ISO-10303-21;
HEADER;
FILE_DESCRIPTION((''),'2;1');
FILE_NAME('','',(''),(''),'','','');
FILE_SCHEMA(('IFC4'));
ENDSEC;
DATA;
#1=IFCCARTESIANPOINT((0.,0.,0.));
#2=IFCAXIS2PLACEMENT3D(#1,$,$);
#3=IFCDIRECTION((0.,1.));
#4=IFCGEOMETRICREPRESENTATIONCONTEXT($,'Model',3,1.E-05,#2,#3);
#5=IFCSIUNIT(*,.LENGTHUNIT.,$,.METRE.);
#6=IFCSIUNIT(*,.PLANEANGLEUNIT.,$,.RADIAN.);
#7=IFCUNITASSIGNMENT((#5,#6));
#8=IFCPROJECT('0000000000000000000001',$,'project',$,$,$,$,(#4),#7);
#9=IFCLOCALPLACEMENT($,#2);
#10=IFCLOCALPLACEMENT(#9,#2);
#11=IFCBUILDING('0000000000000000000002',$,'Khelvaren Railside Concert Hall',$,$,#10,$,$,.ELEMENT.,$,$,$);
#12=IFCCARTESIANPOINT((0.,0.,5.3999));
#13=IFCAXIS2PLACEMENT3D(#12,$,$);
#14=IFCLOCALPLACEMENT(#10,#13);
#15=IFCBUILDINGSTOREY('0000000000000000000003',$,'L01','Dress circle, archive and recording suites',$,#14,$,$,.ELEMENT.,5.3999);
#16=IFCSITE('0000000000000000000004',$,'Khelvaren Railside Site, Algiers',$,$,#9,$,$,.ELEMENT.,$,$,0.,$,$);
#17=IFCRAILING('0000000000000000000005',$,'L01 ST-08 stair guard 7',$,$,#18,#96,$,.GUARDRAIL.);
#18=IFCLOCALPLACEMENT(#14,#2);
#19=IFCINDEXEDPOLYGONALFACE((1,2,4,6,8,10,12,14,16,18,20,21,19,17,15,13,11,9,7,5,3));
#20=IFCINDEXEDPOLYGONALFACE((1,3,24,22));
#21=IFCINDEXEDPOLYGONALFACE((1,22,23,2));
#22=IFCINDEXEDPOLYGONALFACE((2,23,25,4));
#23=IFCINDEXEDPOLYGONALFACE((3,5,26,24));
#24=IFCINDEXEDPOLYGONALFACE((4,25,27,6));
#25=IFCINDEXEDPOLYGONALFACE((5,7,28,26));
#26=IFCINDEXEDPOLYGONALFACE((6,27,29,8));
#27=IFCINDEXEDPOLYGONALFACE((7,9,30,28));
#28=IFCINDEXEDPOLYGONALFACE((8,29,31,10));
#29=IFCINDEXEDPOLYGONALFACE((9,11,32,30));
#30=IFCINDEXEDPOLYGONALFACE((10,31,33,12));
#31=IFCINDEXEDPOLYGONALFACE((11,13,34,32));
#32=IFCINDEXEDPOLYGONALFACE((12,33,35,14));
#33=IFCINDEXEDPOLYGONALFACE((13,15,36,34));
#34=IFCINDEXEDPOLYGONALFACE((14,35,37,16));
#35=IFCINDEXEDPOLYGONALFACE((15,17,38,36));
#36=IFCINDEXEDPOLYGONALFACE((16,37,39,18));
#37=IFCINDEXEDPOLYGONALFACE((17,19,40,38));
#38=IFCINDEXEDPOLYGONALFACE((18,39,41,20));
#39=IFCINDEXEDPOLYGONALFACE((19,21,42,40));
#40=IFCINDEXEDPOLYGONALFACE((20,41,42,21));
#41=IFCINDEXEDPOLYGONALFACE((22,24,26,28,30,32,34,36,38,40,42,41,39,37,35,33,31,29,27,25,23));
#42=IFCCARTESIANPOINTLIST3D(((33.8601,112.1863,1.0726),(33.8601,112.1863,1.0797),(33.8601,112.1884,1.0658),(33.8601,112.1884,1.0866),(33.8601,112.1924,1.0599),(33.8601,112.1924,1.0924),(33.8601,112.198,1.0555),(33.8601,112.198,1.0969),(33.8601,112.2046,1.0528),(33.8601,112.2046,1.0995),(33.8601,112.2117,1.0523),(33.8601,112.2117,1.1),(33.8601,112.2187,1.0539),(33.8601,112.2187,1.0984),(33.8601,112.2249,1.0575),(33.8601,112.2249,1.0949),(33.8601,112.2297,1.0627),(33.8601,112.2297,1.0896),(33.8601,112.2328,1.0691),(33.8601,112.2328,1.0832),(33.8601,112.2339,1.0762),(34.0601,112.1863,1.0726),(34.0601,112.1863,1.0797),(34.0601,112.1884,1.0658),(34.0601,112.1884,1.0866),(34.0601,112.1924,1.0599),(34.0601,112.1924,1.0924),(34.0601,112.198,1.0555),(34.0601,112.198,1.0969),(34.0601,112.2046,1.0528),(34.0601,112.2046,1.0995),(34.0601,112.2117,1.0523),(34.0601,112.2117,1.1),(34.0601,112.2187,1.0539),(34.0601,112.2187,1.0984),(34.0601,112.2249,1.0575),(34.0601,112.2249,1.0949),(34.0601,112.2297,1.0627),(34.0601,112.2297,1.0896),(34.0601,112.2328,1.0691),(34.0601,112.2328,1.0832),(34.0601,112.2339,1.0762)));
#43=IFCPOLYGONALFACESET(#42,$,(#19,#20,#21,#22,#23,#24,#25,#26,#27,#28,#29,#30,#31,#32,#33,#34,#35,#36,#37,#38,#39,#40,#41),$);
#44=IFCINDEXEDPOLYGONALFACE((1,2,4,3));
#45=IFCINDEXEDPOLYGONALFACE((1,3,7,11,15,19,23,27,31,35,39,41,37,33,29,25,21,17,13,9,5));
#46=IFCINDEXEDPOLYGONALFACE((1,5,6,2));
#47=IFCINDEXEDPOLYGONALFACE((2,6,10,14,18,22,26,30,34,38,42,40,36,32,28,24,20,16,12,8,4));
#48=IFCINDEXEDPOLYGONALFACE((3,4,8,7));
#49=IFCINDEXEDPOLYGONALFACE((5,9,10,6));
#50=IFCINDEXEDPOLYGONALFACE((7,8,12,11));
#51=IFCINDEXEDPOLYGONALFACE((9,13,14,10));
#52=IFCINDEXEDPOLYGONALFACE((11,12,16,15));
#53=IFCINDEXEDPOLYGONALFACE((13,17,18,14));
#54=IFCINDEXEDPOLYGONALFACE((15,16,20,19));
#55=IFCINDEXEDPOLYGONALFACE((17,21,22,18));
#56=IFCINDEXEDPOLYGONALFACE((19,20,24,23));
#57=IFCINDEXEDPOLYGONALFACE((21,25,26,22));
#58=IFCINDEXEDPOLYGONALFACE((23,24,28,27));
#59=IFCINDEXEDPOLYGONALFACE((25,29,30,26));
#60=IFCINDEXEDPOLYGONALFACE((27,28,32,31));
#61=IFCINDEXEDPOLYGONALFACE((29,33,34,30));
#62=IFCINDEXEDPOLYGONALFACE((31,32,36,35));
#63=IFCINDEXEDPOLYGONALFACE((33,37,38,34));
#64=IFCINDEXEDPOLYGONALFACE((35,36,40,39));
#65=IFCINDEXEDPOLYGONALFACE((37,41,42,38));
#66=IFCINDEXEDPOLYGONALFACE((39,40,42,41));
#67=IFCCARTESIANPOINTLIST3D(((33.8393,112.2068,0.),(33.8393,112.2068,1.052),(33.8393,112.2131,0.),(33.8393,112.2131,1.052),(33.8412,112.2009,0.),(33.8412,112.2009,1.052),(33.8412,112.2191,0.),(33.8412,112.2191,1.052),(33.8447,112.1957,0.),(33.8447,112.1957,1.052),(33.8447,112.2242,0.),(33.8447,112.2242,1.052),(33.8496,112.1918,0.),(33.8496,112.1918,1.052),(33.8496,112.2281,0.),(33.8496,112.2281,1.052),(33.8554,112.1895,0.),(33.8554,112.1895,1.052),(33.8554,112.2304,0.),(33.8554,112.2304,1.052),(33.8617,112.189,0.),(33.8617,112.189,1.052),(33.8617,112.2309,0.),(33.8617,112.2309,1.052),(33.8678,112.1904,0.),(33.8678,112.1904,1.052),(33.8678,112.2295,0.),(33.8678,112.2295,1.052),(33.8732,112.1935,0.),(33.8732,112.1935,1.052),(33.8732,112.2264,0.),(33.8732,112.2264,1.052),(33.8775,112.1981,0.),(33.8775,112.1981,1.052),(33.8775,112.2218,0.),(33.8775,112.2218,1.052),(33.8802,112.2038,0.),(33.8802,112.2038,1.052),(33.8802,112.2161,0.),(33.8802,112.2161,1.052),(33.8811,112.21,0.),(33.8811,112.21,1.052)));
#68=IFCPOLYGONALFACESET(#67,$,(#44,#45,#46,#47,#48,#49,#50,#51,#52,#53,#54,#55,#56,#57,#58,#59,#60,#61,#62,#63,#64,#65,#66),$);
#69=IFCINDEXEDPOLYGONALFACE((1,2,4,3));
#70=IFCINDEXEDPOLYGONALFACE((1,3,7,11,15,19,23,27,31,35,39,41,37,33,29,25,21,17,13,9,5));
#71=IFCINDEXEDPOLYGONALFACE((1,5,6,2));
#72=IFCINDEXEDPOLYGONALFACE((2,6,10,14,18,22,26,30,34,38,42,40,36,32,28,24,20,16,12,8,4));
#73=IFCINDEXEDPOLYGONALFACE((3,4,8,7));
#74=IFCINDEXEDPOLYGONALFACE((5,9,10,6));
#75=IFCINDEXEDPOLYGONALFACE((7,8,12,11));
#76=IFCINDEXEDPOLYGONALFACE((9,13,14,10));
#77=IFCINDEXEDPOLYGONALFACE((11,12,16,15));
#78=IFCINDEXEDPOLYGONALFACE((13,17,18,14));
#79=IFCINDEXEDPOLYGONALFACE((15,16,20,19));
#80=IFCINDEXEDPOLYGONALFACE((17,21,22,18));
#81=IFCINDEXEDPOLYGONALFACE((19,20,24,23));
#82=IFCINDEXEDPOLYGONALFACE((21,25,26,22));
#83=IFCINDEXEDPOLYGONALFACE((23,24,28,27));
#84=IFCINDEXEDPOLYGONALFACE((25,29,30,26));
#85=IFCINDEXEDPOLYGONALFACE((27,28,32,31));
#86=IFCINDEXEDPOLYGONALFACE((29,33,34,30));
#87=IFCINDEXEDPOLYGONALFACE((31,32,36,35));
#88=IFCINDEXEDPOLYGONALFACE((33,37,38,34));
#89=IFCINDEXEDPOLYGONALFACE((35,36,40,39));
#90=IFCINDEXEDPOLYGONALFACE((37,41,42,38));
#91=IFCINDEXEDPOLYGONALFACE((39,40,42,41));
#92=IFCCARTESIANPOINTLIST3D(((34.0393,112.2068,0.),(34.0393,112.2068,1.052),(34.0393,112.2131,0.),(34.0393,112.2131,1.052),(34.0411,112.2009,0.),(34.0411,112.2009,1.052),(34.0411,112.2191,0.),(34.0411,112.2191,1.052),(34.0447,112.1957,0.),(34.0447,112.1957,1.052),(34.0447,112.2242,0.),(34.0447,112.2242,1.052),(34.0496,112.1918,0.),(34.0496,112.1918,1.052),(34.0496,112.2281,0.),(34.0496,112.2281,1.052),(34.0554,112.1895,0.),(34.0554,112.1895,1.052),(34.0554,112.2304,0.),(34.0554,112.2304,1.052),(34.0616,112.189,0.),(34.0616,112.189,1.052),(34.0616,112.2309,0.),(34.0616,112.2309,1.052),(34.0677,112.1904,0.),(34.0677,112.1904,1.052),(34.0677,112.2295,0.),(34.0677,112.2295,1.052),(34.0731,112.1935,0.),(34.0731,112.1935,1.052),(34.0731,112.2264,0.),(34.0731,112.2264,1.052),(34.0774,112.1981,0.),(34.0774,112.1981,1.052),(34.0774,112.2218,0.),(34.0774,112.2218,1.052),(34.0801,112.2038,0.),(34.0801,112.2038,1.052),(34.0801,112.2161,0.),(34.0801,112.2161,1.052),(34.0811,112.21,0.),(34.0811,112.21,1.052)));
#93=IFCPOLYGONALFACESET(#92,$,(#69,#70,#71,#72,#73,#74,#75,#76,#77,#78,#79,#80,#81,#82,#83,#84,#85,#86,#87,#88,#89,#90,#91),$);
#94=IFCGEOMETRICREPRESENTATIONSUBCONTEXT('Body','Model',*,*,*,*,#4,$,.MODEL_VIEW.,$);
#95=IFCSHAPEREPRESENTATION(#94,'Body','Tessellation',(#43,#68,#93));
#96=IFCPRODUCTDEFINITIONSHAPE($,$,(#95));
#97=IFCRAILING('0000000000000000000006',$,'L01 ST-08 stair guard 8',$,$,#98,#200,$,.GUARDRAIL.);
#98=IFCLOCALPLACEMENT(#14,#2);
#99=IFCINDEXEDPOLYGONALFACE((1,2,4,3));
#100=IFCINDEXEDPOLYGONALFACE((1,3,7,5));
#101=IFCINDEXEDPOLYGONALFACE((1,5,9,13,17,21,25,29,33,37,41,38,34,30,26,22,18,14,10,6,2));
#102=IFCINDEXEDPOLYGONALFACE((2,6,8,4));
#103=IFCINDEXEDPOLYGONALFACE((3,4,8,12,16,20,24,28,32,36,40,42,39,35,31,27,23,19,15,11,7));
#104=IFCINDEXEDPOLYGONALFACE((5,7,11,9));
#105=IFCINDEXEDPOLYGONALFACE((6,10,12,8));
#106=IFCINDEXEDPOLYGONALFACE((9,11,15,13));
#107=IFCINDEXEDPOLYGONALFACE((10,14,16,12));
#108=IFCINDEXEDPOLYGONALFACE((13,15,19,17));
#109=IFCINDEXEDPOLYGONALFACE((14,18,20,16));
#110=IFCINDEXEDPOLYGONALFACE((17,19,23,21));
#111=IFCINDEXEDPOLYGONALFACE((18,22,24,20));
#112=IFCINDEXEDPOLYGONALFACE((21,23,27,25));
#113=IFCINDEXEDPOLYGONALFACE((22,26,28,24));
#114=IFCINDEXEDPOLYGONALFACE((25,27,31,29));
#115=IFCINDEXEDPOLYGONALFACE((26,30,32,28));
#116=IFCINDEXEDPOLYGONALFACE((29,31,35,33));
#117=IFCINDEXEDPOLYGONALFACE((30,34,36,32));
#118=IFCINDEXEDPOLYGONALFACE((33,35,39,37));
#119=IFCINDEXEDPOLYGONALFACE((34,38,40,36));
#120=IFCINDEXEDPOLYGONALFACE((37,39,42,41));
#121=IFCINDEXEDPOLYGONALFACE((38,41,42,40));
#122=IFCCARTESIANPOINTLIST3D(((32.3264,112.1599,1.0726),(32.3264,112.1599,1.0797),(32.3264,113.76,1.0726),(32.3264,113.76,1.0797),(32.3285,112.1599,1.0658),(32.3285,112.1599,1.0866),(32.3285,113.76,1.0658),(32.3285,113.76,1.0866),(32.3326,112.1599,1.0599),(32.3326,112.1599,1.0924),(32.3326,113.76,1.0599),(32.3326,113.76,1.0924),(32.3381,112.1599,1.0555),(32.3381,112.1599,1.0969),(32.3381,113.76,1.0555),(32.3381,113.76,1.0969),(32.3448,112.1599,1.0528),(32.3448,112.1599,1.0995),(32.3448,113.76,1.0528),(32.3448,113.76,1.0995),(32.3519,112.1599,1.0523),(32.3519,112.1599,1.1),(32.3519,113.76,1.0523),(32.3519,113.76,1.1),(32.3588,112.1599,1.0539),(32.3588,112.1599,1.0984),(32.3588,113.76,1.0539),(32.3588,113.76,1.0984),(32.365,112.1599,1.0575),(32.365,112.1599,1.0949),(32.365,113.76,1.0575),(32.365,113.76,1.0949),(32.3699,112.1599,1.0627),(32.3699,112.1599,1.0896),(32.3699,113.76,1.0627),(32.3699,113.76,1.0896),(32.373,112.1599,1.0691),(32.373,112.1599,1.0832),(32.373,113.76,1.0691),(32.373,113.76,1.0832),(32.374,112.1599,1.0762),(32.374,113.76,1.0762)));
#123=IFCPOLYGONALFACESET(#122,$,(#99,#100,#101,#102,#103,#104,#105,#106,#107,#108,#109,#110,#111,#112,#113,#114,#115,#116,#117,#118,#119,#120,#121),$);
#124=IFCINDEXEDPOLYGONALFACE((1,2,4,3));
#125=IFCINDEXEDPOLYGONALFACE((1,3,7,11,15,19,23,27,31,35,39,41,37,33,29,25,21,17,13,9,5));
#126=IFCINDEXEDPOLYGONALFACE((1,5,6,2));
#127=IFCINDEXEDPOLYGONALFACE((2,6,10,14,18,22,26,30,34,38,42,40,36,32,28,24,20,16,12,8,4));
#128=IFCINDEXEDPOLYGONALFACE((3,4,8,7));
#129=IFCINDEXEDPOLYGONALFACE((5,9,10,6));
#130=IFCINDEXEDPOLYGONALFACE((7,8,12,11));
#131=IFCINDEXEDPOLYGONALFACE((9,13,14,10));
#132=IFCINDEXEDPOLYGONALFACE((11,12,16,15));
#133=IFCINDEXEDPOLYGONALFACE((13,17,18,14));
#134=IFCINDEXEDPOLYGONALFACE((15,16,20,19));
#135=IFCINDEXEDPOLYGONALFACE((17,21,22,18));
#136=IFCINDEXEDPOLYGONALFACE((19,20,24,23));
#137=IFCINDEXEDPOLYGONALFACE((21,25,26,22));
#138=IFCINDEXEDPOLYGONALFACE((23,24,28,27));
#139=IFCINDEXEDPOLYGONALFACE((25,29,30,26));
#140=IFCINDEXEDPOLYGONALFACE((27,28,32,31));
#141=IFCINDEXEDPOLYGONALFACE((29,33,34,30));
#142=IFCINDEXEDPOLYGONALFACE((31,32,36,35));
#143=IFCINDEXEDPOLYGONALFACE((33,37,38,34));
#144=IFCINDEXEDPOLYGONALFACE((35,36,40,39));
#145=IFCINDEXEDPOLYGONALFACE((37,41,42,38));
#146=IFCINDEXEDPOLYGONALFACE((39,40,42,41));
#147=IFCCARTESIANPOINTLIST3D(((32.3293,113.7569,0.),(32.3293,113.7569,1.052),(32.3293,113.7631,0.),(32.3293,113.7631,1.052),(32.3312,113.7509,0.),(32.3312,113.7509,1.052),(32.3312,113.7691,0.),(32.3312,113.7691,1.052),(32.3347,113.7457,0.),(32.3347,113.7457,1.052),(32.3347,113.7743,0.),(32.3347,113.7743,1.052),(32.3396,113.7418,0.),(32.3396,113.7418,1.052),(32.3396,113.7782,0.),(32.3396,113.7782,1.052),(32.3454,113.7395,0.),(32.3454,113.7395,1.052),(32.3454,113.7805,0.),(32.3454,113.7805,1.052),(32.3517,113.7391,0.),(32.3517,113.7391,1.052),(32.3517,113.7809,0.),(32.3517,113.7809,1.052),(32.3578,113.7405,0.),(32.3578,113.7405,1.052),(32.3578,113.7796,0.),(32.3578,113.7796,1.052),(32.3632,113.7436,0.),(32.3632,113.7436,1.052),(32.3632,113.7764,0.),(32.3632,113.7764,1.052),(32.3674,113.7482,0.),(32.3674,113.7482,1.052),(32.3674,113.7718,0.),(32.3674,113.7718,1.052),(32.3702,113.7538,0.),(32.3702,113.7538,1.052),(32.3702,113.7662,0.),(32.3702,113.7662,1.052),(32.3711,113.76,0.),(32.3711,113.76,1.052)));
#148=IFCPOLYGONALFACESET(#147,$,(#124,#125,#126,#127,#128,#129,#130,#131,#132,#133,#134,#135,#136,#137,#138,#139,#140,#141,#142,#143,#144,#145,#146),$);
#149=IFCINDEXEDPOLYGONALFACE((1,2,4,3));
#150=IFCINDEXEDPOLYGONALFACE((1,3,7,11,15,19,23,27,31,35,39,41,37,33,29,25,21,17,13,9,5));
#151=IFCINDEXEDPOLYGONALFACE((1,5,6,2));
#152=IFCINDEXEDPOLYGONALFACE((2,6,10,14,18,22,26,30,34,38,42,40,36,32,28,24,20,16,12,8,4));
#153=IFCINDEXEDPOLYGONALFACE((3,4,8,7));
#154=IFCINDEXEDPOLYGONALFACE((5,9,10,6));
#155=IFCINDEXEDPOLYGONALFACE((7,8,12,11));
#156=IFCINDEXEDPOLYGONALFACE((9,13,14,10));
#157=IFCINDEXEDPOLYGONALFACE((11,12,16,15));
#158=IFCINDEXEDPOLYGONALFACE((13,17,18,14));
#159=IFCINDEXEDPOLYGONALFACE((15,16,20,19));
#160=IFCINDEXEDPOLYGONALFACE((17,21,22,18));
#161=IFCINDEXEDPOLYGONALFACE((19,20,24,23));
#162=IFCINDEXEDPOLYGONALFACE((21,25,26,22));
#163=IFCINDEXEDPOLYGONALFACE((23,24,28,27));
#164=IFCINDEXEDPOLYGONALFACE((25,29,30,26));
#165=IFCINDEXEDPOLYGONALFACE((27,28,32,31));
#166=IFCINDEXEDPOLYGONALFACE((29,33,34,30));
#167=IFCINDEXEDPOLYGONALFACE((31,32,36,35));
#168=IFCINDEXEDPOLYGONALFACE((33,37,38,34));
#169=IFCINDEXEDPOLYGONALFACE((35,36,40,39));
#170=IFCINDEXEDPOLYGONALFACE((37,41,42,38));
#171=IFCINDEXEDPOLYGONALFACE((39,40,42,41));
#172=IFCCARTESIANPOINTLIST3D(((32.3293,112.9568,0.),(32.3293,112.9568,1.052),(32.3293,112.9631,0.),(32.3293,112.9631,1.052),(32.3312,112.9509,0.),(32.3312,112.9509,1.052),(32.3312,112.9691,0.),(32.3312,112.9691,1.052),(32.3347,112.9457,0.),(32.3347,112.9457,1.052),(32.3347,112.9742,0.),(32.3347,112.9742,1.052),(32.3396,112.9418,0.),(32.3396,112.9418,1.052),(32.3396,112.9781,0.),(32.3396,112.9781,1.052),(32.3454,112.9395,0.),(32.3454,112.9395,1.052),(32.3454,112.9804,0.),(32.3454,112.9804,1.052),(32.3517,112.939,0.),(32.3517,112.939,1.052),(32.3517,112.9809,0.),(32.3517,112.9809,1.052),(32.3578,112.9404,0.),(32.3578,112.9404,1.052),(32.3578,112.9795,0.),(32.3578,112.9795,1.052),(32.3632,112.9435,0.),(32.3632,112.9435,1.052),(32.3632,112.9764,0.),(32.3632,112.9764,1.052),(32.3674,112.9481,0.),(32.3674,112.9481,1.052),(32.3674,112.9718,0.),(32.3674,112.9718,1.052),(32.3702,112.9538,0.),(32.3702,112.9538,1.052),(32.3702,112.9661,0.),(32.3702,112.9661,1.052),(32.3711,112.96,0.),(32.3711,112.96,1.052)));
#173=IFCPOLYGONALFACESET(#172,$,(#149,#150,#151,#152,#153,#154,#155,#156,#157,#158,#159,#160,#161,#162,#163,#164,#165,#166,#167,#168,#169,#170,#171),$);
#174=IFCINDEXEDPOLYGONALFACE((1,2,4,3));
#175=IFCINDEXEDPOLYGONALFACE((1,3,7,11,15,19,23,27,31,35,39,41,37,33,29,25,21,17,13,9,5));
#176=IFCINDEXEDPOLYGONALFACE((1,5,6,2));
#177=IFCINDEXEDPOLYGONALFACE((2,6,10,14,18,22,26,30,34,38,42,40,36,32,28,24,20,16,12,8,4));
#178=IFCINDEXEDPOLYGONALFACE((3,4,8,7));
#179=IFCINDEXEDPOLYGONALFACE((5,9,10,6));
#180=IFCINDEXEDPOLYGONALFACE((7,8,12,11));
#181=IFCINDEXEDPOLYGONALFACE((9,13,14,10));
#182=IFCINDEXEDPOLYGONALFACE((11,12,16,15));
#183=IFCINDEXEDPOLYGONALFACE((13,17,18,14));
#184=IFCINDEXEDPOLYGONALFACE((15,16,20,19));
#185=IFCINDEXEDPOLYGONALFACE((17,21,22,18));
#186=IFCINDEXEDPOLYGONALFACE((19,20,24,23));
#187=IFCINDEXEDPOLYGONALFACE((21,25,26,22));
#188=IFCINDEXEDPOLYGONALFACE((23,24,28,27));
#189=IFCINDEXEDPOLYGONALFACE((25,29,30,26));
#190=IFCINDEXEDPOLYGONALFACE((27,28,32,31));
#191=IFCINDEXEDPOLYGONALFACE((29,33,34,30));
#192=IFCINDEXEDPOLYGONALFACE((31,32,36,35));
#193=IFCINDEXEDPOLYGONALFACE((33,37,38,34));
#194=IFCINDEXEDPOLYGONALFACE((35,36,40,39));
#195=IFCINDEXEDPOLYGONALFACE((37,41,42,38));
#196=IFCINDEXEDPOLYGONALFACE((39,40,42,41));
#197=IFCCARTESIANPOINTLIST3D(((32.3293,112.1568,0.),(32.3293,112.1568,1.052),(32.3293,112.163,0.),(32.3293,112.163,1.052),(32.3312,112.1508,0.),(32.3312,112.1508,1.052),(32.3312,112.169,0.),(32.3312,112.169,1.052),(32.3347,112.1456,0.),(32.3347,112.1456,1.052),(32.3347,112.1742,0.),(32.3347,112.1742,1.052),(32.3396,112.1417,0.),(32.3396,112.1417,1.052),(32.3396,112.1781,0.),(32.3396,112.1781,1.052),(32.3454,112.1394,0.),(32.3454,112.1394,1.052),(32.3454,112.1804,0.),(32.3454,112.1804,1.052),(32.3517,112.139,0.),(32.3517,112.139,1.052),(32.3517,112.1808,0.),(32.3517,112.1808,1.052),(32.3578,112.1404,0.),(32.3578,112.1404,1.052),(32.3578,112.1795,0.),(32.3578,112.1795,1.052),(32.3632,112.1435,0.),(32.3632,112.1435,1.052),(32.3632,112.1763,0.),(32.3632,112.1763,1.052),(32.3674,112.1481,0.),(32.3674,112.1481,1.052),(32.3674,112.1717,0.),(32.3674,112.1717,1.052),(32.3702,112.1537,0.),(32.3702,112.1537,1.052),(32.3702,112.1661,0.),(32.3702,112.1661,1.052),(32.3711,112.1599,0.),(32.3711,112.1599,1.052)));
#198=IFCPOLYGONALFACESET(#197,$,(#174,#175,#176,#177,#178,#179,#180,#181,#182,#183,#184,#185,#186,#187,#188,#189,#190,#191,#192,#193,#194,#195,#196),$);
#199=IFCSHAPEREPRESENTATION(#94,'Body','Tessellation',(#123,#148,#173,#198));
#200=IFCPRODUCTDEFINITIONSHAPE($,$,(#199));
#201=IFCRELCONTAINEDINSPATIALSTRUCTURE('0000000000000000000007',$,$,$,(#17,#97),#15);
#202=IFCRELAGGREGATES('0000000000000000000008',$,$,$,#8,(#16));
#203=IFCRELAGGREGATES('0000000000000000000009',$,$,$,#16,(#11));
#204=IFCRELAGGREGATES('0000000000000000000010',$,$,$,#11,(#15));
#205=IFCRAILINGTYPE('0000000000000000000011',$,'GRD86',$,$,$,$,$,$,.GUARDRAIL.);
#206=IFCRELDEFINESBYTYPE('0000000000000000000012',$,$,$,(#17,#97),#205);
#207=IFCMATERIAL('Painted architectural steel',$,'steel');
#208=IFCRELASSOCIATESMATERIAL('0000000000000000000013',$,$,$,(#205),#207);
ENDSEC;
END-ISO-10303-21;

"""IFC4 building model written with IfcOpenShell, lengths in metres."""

from ifc_helpers import new_model, si_unit, direction, frame, origin, origin_2d, place, context, subcontext, project, spatial, circle, extrude, material, type_object, element, save


model = new_model("IFC4")

# Units and contexts
model_context = context("Model", 3, precision=1e-05, world=origin(), true_north=direction((0.0, 1.0)))
body_context = subcontext(model_context, "Body", "Model", "MODEL_VIEW")
ifc_project = project(units=[si_unit("LENGTHUNIT", "METRE"), si_unit("PLANEANGLEUNIT", "RADIAN")], contexts=[model_context])

# Site, building, storey
site_placement = place(None, origin())
site = spatial("IfcSite", under=ifc_project, at=site_placement, Name="Khelvaren Railside Site, Algiers", CompositionType="ELEMENT", RefElevation=0.0)
building_placement = place(site_placement, origin())
building = spatial("IfcBuilding", under=site, at=building_placement, Name="Khelvaren Railside Concert Hall", CompositionType="ELEMENT")
storey_placement = place(building_placement, frame((0.0, 0.0, 5.3999)))
storey = spatial("IfcBuildingStorey", under=building, at=storey_placement, Name="L01", Description="Dress circle, archive and recording suites", CompositionType="ELEMENT", Elevation=5.3999)

# Railings
ifc_material_1 = material(Name="Painted architectural steel", Category="steel")
railing_type_1 = type_object("IfcRailingType", Name="GRD86", PredefinedType="GUARDRAIL", material=ifc_material_1)
railing_1_placement = place(storey_placement, frame((33.8601, 112.21, 0.0)))
element("IfcRailing", 1, at=railing_1_placement, inside=storey, type_object=railing_type_1, Name="L01 ST-08 stair guard 7", PredefinedType="GUARDRAIL", context=body_context, shape_type="SweptSolid", body=[
    extrude(circle(Radius=0.0239, at=origin_2d()), frame((0.0, 0.0, 1.0762), z_axis=(1.0, 0.0, 0.0), x_axis=(0.0, 1.0, 0.0)), (0.0, 0.0, 1.0), 0.2),
    extrude(circle(Radius=0.021, at=origin_2d()), origin(), (0.0, 0.0, 1.0), 1.052),
    extrude(circle(Radius=0.021, at=origin_2d()), frame((0.2, 0.0, 0.0)), (0.0, 0.0, 1.0), 1.052),
])
for number, where, name in (
    (2, (32.3501, 113.76, 0.0), "L01 ST-08 stair guard 8"),
):
    element("IfcRailing", number, at=place(storey_placement, frame(where)), inside=storey, type_object=railing_type_1, Name=name, PredefinedType="GUARDRAIL", context=body_context, shape_type="SweptSolid", body=[
        extrude(circle(Radius=0.0239, at=origin_2d()), frame((0.0, 0.0, 1.0762), z_axis=(0.0, -1.0, 0.0), x_axis=(1.0, 0.0, 0.0)), (0.0, 0.0, 1.0), 1.6001),
        extrude(circle(Radius=0.021, at=origin_2d()), origin(), (0.0, 0.0, 1.0), 1.052),
        extrude(circle(Radius=0.021, at=origin_2d()), frame((0.0, -0.8, 0.0)), (0.0, 0.0, 1.0), 1.052),
        extrude(circle(Radius=0.021, at=origin_2d()), frame((0.0, -1.6001, 0.0)), (0.0, 0.0, 1.0), 1.052),
    ])

save(model, "model.ifc")
